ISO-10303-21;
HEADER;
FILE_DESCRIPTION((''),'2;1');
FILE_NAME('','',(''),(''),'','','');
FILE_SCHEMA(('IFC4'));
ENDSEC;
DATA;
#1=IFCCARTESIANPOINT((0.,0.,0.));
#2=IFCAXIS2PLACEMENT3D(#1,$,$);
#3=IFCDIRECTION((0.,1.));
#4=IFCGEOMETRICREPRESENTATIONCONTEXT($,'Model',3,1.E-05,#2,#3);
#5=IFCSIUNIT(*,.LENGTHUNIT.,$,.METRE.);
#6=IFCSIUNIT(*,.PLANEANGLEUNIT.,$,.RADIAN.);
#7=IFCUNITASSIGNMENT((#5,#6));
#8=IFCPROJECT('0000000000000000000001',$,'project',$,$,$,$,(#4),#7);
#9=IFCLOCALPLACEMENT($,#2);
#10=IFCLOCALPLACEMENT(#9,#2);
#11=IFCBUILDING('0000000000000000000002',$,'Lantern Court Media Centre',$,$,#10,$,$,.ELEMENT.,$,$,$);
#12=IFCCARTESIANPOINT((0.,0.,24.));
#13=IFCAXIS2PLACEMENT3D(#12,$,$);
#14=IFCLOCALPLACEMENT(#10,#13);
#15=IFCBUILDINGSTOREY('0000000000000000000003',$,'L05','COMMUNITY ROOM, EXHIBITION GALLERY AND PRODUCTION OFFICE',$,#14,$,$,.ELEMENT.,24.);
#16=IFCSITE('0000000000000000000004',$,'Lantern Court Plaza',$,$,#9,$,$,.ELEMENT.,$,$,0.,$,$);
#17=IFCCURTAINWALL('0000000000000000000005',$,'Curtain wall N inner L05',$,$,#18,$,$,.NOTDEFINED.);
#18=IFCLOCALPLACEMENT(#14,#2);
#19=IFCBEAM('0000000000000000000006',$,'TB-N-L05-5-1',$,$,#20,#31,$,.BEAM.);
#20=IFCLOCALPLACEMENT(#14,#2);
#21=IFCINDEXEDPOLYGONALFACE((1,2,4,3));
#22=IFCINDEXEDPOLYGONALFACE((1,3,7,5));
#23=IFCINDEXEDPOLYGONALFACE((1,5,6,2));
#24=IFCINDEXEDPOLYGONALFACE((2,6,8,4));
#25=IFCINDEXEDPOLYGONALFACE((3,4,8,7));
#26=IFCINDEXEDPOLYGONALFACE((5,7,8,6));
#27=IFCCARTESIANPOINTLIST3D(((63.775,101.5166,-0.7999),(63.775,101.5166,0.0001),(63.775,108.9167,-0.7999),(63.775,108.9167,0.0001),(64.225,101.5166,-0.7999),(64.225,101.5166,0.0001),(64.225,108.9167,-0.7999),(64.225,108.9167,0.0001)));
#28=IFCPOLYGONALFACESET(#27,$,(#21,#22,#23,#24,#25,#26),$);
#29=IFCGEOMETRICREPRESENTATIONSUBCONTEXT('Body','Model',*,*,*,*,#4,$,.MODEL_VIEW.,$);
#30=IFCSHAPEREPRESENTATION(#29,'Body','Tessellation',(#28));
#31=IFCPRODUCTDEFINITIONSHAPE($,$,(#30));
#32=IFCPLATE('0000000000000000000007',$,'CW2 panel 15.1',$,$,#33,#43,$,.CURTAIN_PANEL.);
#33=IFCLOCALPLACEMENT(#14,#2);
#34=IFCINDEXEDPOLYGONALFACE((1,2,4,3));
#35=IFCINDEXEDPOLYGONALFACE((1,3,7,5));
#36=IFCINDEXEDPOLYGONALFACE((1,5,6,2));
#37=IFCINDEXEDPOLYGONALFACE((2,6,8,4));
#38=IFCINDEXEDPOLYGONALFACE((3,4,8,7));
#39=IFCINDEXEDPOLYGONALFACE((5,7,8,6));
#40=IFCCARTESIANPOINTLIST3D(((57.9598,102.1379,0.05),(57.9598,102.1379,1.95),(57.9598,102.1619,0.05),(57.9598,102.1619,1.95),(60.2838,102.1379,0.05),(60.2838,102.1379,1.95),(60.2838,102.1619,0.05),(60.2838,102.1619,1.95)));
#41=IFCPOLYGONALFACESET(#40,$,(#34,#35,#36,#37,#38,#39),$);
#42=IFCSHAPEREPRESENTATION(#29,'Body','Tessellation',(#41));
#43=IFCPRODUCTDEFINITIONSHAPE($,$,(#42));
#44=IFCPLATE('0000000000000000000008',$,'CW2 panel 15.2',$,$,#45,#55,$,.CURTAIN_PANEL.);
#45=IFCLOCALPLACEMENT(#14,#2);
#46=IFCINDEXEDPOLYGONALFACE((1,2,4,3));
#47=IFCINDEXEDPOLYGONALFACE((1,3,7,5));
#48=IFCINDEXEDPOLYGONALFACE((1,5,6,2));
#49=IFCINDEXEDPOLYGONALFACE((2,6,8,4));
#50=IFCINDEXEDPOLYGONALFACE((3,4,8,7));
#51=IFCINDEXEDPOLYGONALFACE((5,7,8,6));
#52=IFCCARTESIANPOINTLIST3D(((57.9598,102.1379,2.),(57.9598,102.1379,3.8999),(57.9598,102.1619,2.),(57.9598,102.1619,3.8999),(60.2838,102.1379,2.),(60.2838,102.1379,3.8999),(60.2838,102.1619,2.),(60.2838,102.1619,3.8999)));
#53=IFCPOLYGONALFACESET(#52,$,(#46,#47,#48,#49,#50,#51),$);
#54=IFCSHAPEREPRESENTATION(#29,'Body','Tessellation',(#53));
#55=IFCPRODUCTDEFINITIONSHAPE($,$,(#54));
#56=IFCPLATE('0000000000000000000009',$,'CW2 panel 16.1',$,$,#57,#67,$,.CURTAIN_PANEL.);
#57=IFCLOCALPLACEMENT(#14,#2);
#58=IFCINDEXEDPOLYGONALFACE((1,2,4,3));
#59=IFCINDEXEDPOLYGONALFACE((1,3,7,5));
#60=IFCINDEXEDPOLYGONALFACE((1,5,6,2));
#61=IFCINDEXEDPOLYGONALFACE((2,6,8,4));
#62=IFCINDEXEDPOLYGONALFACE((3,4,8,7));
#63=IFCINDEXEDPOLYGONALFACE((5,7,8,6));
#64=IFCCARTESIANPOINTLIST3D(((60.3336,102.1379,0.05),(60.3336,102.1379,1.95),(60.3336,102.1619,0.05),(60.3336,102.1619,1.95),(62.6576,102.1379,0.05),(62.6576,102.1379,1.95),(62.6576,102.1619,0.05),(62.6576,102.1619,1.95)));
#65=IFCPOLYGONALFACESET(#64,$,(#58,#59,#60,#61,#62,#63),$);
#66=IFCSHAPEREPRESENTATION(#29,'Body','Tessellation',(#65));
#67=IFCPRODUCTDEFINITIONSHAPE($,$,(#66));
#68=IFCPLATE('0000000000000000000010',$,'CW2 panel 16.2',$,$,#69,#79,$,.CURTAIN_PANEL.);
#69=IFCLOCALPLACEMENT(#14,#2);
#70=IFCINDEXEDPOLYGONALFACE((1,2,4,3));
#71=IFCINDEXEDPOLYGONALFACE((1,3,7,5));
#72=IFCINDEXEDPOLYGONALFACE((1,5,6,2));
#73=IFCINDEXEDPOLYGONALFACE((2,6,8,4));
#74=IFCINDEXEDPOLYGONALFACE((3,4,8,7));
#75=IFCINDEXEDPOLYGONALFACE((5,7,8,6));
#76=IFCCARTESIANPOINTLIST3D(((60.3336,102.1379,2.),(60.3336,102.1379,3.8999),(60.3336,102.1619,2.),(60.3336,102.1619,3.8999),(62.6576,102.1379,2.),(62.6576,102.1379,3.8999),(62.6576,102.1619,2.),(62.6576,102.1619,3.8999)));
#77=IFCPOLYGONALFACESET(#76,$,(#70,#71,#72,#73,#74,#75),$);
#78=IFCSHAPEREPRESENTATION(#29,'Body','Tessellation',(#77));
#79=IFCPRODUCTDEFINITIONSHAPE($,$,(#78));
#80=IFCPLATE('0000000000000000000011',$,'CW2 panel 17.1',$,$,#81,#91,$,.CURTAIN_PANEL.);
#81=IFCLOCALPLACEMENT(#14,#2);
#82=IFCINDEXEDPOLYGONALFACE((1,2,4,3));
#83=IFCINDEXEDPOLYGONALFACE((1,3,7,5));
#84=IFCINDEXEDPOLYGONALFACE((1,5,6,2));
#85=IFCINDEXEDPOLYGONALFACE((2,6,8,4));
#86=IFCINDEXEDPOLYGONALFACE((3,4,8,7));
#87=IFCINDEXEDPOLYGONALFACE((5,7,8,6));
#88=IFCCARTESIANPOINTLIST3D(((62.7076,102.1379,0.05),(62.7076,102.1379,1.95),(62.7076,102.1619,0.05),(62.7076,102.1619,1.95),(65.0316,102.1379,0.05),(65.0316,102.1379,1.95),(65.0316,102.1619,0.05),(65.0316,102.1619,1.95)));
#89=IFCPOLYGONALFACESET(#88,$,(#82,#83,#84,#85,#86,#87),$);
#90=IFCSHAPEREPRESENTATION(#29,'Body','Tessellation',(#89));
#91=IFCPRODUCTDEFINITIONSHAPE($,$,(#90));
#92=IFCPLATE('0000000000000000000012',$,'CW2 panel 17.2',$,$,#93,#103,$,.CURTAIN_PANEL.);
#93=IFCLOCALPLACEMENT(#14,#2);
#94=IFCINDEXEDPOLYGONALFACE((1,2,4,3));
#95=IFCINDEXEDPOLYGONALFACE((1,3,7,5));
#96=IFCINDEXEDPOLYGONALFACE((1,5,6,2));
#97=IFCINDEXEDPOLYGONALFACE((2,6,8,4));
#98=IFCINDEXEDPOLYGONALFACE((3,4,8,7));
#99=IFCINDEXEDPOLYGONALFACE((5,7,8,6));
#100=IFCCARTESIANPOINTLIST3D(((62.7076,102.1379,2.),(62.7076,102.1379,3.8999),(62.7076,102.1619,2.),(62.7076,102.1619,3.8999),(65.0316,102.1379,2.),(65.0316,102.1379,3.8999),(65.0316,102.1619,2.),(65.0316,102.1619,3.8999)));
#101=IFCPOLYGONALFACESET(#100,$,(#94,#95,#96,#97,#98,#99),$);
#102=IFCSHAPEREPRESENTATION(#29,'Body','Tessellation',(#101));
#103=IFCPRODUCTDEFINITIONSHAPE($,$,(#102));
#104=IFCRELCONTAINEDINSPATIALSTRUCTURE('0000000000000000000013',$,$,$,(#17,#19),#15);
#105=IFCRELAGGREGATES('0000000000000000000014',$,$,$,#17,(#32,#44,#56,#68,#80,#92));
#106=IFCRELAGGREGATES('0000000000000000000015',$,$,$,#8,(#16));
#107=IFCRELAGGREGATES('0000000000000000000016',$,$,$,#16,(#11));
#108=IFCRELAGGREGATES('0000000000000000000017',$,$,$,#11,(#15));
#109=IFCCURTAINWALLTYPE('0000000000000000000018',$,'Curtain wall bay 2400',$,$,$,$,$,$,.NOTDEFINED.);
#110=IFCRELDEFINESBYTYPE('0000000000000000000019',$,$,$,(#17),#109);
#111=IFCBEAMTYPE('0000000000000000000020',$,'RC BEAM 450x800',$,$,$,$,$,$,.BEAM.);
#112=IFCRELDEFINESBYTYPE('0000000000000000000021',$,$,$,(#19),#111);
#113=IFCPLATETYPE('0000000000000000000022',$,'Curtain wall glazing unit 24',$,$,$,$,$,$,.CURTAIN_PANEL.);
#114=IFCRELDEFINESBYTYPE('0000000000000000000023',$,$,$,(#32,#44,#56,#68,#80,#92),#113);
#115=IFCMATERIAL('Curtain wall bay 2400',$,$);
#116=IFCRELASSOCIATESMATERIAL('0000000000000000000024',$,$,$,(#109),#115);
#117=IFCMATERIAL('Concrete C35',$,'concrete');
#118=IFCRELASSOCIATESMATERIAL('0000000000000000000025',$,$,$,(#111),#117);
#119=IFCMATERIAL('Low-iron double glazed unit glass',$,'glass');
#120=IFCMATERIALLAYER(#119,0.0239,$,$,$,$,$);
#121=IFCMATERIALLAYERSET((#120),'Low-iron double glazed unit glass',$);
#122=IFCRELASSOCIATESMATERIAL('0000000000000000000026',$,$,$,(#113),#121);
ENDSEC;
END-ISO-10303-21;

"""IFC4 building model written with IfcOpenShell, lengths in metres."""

from ifc_helpers import new_model, si_unit, direction, frame, origin, origin_2d, place, context, subcontext, project, spatial, rectangle, extrude, material, layer, layer_set, material_profile, profile_set, type_object, element, aggregate, save


model = new_model("IFC4")

# Units and contexts
model_context = context("Model", 3, precision=1e-05, world=origin(), true_north=direction((0.0, 1.0)))
body_context = subcontext(model_context, "Body", "Model", "MODEL_VIEW")
ifc_project = project(units=[si_unit("LENGTHUNIT", "METRE"), si_unit("PLANEANGLEUNIT", "RADIAN")], contexts=[model_context])

# Site, building, storey
site_placement = place(None, origin())
site = spatial("IfcSite", under=ifc_project, at=site_placement, Name="Lantern Court Plaza", CompositionType="ELEMENT", RefElevation=0.0)
building_placement = place(site_placement, origin())
building = spatial("IfcBuilding", under=site, at=building_placement, Name="Lantern Court Media Centre", CompositionType="ELEMENT")
storey_placement = place(building_placement, frame((0.0, 0.0, 24.0)))
storey = spatial("IfcBuildingStorey", under=building, at=storey_placement, Name="L05", Description="COMMUNITY ROOM, EXHIBITION GALLERY AND PRODUCTION OFFICE", CompositionType="ELEMENT", Elevation=24.0)

# Shared definitions
ifc_material_1 = material(Name="Concrete C35", Category="concrete")

# Curtain wall
ifc_material_2 = material(Name="Curtain wall bay 2400")
curtain_wall_type = type_object("IfcCurtainWallType", Name="Curtain wall bay 2400", PredefinedType="NOTDEFINED", material=ifc_material_2)
curtain_wall_placement = place(storey_placement, origin())
curtain_wall = element("IfcCurtainWall", 1, at=curtain_wall_placement, inside=storey, type_object=curtain_wall_type, Name="Curtain wall N inner L05", PredefinedType="NOTDEFINED")

# Beam
ifc_material_profile_1 = material_profile(ifc_material_1, rectangle(XDim=0.45, YDim=0.8, at=origin_2d()), Name="RC 450x800")
ifc_profile_set_1 = profile_set([ifc_material_profile_1], Name="Concrete C35")
beam_type_1 = type_object("IfcBeamType", Name="RC BEAM 450x800", PredefinedType="BEAM", material=ifc_profile_set_1)
beam_1_placement = place(storey_placement, frame((64.0, 101.5166, -0.3999), z_axis=(0.0, 1.0, 0.0), x_axis=(-1.0, 0.0, 0.0)))
element("IfcBeam", 2, at=beam_1_placement, inside=storey, type_object=beam_type_1, Name="TB-N-L05-5-1", PredefinedType="BEAM", context=body_context, shape_type="SweptSolid", body=[
    extrude(rectangle(XDim=0.45, YDim=0.8, at=origin_2d()), origin(), (0.0, 0.0, 1.0), 7.4001),
])

# Plates
ifc_material_3 = material(Name="Low-iron double glazed unit glass", Category="glass")
ifc_layer_1 = layer(ifc_material_3, 0.0239)
ifc_layer_set_1 = layer_set([ifc_layer_1], Name="Low-iron double glazed unit glass")
plate_type = type_object("IfcPlateType", Name="Curtain wall glazing unit 24", PredefinedType="CURTAIN_PANEL", material=ifc_layer_set_1)
plate_1_placement = place(storey_placement, frame((59.1218, 102.1499, 0.05), z_axis=(0.0, 0.0, 1.0), x_axis=(1.0, 0.0, 0.0)))
plate_1 = element("IfcPlate", 3, at=plate_1_placement, type_object=plate_type, Name="CW2 panel 15.1", PredefinedType="CURTAIN_PANEL", context=body_context, shape_type="SweptSolid", body=[
    extrude(rectangle(XDim=2.324, YDim=0.0239, at=origin_2d()), origin(), (0.0, 0.0, 1.0), 1.8999),
])
plate_2_placement = place(storey_placement, frame((59.1218, 102.1499, 2.0), z_axis=(0.0, 0.0, 1.0), x_axis=(1.0, 0.0, 0.0)))
plate_2 = element("IfcPlate", 4, at=plate_2_placement, type_object=plate_type, Name="CW2 panel 15.2", PredefinedType="CURTAIN_PANEL", context=body_context, shape_type="SweptSolid", body=[
    extrude(rectangle(XDim=2.324, YDim=0.0239, at=origin_2d()), origin(), (0.0, 0.0, 1.0), 1.8999),
])
plate_3_placement = place(storey_placement, frame((61.4956, 102.1499, 0.05), z_axis=(0.0, 0.0, 1.0), x_axis=(1.0, 0.0, 0.0)))
plate_3 = element("IfcPlate", 5, at=plate_3_placement, type_object=plate_type, Name="CW2 panel 16.1", PredefinedType="CURTAIN_PANEL", context=body_context, shape_type="SweptSolid", body=[
    extrude(rectangle(XDim=2.324, YDim=0.0239, at=origin_2d()), origin(), (0.0, 0.0, 1.0), 1.8999),
])
plate_4_placement = place(storey_placement, frame((61.4956, 102.1499, 2.0), z_axis=(0.0, 0.0, 1.0), x_axis=(1.0, 0.0, 0.0)))
plate_4 = element("IfcPlate", 6, at=plate_4_placement, type_object=plate_type, Name="CW2 panel 16.2", PredefinedType="CURTAIN_PANEL", context=body_context, shape_type="SweptSolid", body=[
    extrude(rectangle(XDim=2.324, YDim=0.0239, at=origin_2d()), origin(), (0.0, 0.0, 1.0), 1.8999),
])
plate_5_placement = place(storey_placement, frame((63.8696, 102.1499, 0.05), z_axis=(0.0, 0.0, 1.0), x_axis=(1.0, 0.0, 0.0)))
plate_5 = element("IfcPlate", 7, at=plate_5_placement, type_object=plate_type, Name="CW2 panel 17.1", PredefinedType="CURTAIN_PANEL", context=body_context, shape_type="SweptSolid", body=[
    extrude(rectangle(XDim=2.324, YDim=0.0239, at=origin_2d()), origin(), (0.0, 0.0, 1.0), 1.8999),
])
plate_6_placement = place(storey_placement, frame((63.8696, 102.1499, 2.0), z_axis=(0.0, 0.0, 1.0), x_axis=(1.0, 0.0, 0.0)))
plate_6 = element("IfcPlate", 8, at=plate_6_placement, type_object=plate_type, Name="CW2 panel 17.2", PredefinedType="CURTAIN_PANEL", context=body_context, shape_type="SweptSolid", body=[
    extrude(rectangle(XDim=2.324, YDim=0.0239, at=origin_2d()), origin(), (0.0, 0.0, 1.0), 1.8999),
])
aggregate(curtain_wall, [plate_1, plate_2, plate_3, plate_4, plate_5, plate_6])

save(model, "model.ifc")
